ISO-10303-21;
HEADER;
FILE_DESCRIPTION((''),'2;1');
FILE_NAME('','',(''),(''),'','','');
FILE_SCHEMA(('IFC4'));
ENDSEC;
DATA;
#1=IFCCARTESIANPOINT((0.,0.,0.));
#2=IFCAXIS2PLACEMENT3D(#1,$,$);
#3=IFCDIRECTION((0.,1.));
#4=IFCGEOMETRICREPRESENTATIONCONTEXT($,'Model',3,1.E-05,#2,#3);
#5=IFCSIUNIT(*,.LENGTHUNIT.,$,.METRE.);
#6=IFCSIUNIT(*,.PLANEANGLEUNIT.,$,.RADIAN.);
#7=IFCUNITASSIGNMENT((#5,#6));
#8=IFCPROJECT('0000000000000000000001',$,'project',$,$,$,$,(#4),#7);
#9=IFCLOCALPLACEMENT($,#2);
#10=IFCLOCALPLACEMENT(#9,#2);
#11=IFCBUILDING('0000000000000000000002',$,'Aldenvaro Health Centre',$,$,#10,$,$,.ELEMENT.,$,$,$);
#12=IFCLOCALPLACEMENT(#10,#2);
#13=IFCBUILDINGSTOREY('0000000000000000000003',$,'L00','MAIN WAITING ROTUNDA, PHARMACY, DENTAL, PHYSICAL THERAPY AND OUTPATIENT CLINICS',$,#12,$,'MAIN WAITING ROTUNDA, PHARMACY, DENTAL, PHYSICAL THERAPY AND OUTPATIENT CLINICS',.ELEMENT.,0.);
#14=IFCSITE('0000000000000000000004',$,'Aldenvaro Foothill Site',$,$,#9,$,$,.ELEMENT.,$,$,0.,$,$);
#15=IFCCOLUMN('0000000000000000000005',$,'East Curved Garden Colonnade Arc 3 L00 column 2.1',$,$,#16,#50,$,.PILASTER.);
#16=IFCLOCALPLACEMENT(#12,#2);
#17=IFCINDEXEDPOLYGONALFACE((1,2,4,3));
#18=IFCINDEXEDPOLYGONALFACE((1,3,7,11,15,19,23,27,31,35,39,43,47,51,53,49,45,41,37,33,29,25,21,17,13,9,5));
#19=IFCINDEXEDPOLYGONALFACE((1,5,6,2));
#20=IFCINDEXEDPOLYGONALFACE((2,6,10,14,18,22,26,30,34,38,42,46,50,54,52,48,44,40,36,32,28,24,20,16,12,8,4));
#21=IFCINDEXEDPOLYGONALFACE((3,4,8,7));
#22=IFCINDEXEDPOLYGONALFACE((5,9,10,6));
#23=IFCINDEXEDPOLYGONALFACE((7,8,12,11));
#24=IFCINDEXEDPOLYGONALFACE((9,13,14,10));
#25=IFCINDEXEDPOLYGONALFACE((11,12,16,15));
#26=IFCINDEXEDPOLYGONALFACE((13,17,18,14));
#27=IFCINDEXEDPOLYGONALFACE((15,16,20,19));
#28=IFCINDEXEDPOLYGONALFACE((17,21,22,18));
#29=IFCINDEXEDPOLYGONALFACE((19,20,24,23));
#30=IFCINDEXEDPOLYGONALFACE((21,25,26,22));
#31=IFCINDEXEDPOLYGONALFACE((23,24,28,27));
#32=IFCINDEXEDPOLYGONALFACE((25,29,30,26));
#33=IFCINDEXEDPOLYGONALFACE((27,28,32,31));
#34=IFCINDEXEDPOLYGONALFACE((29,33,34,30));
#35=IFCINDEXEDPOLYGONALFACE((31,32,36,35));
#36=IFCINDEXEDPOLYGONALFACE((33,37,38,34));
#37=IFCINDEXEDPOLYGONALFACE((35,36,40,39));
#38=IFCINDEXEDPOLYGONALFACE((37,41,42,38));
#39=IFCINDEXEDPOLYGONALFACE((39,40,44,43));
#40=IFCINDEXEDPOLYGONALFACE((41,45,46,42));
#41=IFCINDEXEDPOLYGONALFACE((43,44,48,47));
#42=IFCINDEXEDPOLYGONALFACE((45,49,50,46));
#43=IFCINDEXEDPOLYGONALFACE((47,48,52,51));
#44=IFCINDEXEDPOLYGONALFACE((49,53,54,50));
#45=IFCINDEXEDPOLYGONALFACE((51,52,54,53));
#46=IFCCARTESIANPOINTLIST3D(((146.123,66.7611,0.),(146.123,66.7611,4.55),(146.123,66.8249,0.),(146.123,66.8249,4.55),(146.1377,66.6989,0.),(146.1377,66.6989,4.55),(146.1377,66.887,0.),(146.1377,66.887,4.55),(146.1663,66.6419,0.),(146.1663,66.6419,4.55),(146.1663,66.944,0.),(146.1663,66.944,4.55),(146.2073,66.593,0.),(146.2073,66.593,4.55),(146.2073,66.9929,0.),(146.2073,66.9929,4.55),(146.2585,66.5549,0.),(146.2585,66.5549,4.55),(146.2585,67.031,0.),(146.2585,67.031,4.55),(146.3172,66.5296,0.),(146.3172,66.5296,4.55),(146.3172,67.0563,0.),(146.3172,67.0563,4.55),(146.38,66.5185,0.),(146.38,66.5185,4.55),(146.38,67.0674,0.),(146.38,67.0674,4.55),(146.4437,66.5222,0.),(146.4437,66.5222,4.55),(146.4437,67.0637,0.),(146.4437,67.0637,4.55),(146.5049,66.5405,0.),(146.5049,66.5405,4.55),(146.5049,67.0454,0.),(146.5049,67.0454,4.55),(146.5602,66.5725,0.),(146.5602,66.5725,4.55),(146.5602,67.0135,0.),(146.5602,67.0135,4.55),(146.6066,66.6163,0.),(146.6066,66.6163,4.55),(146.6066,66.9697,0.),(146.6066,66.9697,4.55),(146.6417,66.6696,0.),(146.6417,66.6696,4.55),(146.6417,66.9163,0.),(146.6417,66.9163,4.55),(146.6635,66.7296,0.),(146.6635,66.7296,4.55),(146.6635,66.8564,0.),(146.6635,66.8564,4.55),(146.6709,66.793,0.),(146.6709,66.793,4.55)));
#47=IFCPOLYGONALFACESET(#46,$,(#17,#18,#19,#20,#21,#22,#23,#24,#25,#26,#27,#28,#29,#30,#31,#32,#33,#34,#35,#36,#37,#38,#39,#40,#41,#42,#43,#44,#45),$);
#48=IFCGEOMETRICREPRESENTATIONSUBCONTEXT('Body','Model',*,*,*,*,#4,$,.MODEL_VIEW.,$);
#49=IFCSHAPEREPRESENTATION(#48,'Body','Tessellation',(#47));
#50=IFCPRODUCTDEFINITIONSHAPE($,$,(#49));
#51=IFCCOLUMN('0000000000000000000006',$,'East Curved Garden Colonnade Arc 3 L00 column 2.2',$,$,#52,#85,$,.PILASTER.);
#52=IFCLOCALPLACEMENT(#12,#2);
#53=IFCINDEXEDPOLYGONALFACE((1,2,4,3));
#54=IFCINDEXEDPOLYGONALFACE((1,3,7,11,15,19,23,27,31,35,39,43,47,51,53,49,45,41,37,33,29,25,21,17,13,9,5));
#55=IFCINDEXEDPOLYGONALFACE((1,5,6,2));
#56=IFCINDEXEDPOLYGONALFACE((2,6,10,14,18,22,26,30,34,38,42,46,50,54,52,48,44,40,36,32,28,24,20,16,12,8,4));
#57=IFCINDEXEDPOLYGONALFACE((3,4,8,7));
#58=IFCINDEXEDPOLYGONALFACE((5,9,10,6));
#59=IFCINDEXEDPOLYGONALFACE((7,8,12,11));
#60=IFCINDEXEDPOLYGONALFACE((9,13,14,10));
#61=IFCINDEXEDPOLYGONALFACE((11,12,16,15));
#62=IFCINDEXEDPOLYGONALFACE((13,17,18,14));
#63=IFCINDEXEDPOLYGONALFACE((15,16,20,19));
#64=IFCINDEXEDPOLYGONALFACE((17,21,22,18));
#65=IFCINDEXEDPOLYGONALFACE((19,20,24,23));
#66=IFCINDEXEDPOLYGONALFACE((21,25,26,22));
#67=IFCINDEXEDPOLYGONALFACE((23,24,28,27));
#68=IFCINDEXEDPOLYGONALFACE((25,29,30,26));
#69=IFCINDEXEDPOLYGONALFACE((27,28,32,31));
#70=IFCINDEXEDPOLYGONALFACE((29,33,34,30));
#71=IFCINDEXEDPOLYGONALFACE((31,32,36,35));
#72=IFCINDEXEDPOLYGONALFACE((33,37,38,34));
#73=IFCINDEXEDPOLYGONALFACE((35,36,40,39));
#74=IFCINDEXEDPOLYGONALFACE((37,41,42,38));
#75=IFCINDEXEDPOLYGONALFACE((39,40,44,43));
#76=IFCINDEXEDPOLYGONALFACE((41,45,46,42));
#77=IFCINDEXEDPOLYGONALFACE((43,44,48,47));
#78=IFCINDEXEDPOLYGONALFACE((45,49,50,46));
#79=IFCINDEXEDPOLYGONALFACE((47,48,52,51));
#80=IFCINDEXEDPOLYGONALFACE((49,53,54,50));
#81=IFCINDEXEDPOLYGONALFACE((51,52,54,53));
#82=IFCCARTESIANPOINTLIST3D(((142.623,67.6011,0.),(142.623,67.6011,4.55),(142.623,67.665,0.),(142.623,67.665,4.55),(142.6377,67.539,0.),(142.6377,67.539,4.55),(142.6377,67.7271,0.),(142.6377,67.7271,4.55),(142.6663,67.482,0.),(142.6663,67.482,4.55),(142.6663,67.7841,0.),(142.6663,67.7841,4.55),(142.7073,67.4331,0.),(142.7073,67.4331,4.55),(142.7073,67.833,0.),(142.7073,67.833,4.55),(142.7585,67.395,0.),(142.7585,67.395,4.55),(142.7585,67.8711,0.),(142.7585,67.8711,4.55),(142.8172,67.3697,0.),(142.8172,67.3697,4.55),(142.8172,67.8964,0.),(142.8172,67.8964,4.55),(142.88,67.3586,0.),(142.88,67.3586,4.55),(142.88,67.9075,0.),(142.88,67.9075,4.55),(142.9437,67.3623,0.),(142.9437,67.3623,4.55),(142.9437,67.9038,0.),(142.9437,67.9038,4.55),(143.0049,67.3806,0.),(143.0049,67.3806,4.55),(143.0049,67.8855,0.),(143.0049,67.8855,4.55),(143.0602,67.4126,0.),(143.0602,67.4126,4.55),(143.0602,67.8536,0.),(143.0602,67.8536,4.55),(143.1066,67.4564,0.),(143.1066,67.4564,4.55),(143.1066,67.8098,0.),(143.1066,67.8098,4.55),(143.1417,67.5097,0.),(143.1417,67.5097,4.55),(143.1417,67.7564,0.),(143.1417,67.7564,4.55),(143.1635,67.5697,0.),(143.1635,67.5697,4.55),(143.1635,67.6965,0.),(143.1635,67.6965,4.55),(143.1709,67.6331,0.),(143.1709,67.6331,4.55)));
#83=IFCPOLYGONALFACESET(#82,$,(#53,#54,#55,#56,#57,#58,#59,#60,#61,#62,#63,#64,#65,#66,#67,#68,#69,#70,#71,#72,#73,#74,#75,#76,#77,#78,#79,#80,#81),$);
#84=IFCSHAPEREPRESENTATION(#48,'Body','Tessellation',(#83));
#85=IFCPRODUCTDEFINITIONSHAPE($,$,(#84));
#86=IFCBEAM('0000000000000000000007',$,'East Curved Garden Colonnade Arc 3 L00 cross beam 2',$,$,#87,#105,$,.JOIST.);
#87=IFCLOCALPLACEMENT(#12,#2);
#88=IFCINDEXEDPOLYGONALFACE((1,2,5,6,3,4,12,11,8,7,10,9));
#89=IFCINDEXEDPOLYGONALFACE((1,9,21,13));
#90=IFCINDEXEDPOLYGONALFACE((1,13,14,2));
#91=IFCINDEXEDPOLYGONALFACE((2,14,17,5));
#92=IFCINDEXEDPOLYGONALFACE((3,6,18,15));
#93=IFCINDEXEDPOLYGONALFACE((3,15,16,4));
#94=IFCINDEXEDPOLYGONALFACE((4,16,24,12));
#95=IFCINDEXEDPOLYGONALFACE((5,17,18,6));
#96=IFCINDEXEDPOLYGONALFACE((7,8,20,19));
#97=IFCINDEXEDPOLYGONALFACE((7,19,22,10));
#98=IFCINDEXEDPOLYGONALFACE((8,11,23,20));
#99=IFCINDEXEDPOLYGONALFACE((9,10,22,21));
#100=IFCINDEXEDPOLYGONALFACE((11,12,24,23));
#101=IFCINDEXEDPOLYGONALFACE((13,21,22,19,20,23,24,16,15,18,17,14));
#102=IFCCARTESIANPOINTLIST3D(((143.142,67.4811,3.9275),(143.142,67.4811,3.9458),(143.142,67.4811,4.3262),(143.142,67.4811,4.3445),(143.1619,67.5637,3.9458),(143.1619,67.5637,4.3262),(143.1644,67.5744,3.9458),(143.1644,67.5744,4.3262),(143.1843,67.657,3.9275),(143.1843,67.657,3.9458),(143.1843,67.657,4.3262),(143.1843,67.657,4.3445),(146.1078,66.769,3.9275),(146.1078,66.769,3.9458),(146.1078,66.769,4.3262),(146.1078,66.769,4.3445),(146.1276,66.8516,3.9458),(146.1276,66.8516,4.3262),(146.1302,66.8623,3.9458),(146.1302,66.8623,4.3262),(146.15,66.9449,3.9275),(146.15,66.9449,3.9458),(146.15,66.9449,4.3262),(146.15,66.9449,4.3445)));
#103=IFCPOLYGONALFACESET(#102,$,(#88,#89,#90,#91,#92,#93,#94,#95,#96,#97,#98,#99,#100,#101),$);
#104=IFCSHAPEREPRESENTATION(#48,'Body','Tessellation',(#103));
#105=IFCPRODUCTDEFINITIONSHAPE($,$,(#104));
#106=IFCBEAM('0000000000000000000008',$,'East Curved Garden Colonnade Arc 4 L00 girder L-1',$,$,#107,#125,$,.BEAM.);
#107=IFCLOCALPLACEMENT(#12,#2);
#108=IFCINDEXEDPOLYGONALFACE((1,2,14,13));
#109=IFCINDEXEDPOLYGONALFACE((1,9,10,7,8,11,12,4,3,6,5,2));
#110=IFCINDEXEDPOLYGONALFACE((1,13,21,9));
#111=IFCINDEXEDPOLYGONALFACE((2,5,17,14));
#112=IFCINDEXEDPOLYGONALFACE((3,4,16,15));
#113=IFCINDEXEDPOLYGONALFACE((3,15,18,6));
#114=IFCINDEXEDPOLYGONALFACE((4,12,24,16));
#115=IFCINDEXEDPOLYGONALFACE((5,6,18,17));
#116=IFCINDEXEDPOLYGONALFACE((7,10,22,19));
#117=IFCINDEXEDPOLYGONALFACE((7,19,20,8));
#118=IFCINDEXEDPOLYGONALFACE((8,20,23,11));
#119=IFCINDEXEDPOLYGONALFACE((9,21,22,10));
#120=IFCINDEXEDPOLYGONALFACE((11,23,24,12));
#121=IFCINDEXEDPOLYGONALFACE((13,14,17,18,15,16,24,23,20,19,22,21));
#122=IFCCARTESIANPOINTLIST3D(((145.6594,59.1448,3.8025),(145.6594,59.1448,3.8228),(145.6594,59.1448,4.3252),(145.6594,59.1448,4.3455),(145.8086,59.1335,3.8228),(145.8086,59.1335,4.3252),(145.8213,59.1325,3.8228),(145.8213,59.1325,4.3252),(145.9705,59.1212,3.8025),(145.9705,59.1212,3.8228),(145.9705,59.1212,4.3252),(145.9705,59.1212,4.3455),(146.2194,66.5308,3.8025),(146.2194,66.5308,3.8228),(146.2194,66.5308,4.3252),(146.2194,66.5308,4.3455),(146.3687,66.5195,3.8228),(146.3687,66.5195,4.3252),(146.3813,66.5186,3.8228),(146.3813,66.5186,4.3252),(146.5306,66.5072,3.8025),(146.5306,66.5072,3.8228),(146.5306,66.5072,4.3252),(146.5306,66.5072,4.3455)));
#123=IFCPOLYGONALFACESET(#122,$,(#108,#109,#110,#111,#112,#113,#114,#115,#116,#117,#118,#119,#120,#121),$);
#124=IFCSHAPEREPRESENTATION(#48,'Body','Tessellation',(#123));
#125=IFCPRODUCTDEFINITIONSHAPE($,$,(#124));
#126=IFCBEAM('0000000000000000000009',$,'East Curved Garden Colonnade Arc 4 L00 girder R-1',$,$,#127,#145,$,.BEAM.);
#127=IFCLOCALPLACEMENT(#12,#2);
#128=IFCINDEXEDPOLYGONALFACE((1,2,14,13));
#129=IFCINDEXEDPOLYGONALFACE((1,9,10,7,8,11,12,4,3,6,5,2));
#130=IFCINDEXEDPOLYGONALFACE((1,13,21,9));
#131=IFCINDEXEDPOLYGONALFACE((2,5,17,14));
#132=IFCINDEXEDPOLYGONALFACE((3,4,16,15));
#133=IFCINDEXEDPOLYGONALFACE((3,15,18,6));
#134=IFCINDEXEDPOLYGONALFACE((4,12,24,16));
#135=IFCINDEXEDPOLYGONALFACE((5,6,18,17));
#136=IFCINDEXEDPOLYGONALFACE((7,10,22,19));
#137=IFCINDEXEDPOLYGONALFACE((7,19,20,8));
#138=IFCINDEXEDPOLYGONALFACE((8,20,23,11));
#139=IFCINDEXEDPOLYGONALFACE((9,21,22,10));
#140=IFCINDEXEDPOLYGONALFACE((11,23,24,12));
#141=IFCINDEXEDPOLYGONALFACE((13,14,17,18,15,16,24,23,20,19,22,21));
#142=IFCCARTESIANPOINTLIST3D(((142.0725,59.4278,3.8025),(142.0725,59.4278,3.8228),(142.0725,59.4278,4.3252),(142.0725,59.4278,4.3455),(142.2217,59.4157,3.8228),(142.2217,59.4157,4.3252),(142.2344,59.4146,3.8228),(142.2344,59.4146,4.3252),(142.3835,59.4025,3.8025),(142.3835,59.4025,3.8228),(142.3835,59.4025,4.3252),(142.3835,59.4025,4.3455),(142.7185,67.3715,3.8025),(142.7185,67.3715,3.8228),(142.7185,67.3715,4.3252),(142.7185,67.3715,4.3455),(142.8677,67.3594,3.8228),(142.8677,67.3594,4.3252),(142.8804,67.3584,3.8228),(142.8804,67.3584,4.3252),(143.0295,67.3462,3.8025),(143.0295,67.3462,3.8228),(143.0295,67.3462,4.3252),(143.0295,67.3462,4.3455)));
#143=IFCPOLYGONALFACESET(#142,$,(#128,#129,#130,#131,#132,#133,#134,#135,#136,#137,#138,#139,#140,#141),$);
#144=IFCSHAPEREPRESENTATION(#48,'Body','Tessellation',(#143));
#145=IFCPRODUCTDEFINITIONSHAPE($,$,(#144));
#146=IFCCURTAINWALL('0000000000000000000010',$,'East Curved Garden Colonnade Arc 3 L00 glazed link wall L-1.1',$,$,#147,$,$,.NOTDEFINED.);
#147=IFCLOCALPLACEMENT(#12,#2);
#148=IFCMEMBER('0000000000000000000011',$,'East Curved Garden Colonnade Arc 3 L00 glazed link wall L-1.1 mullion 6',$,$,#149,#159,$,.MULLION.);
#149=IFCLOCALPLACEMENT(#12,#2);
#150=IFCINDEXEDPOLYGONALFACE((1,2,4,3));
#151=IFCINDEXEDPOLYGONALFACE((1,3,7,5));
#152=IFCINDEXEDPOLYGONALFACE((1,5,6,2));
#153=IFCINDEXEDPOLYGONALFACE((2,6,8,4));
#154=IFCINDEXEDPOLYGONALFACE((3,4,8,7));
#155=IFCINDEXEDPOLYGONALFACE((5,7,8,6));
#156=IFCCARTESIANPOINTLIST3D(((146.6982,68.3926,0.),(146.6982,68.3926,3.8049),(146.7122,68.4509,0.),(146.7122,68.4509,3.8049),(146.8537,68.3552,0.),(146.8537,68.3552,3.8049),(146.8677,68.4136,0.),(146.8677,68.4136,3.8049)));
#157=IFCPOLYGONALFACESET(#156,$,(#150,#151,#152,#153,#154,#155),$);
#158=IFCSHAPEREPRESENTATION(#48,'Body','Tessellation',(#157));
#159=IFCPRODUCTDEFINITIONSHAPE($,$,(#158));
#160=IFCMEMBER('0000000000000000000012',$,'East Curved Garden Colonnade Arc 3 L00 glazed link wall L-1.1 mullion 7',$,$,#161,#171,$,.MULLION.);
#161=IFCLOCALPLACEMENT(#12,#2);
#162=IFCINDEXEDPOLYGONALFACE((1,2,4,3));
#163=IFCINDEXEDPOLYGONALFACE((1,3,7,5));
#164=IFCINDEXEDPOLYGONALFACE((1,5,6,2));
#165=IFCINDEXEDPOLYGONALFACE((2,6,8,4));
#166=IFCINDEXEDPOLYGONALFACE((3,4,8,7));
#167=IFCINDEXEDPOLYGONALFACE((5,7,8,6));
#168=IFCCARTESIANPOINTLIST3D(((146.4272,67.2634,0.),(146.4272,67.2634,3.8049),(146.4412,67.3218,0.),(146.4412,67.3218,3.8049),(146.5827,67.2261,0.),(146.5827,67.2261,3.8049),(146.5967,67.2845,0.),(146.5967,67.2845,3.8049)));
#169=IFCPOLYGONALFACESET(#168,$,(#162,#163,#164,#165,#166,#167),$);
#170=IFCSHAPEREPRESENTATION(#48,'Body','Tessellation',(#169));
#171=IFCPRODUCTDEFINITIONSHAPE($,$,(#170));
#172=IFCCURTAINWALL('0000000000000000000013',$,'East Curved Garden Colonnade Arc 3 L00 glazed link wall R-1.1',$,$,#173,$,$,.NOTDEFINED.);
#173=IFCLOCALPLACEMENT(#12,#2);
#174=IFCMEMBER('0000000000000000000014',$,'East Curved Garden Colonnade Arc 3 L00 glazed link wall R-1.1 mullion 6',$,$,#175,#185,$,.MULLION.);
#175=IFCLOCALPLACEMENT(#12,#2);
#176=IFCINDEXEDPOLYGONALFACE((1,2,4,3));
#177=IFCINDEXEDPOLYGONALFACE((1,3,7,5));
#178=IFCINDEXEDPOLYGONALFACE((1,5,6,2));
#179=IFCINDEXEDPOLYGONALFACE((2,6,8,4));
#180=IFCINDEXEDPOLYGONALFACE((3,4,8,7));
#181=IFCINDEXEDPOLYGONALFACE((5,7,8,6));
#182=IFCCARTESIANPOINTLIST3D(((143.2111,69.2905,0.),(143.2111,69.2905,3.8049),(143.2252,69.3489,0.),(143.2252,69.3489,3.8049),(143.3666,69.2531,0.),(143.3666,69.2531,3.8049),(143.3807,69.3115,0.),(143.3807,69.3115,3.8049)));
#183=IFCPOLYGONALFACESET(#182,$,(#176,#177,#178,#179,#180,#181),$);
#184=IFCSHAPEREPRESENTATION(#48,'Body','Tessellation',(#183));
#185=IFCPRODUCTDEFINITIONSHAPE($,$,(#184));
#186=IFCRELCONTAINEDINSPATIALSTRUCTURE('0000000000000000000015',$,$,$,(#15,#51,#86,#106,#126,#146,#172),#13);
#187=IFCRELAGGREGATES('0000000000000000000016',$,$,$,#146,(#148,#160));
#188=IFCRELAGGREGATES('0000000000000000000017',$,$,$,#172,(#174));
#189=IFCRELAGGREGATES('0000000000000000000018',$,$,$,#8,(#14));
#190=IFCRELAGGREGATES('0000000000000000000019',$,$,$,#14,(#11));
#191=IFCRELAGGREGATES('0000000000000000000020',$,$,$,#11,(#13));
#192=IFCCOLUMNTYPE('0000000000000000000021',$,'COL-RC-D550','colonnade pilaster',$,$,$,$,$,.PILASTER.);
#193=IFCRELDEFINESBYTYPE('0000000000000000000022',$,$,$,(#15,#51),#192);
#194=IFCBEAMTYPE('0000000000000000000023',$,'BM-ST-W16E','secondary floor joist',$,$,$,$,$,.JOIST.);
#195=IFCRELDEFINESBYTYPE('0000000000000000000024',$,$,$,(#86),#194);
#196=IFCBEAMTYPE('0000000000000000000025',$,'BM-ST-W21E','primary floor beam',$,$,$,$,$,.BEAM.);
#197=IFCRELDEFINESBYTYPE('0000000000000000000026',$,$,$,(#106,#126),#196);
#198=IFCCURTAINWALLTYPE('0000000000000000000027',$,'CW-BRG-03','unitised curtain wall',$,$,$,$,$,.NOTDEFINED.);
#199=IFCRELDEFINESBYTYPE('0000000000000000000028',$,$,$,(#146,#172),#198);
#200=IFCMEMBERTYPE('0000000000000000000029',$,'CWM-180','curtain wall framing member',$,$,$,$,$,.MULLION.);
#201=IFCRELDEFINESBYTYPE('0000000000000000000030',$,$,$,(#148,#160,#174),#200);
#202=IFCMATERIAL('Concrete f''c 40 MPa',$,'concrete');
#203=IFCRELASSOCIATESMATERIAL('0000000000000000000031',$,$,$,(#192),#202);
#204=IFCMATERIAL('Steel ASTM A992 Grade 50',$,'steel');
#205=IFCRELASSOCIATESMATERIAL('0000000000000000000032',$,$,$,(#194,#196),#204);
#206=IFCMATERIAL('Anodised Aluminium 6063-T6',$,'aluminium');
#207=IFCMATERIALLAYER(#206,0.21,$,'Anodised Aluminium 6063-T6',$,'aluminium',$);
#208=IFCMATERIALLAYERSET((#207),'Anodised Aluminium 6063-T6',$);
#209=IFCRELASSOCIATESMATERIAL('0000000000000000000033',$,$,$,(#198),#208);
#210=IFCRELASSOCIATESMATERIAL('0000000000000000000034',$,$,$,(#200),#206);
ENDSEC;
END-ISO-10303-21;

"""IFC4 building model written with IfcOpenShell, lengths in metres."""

from ifc_helpers import new_model, si_unit, direction, frame, origin, origin_2d, place, context, subcontext, project, spatial, rectangle, circle, i_section, extrude, material, layer, layer_set, material_profile, profile_set, type_object, element, aggregate, save


model = new_model("IFC4")

# Units and contexts
model_context = context("Model", 3, precision=1e-05, world=origin(), true_north=direction((0.0, 1.0)))
body_context = subcontext(model_context, "Body", "Model", "MODEL_VIEW")
ifc_project = project(units=[si_unit("LENGTHUNIT", "METRE"), si_unit("PLANEANGLEUNIT", "RADIAN")], contexts=[model_context])

# Site, building, storey
site_placement = place(None, origin())
site = spatial("IfcSite", under=ifc_project, at=site_placement, Name="Aldenvaro Foothill Site", CompositionType="ELEMENT", RefElevation=0.0)
building_placement = place(site_placement, origin())
building = spatial("IfcBuilding", under=site, at=building_placement, Name="Aldenvaro Health Centre", CompositionType="ELEMENT")
storey_placement = place(building_placement, origin())
storey = spatial("IfcBuildingStorey", under=building, at=storey_placement, Name="L00", Description="MAIN WAITING ROTUNDA, PHARMACY, DENTAL, PHYSICAL THERAPY AND OUTPATIENT CLINICS", LongName="MAIN WAITING ROTUNDA, PHARMACY, DENTAL, PHYSICAL THERAPY AND OUTPATIENT CLINICS", CompositionType="ELEMENT", Elevation=0.0)

# Columns
ifc_material_1 = material(Name="Concrete f'c 40 MPa", Category="concrete")
ifc_material_profile_1 = material_profile(ifc_material_1, circle(Radius=0.2749, at=origin_2d()), Name="RC D550", Category="concrete")
ifc_profile_set_1 = profile_set([ifc_material_profile_1], Name="Concrete f'c 40 MPa")
column_type = type_object("IfcColumnType", Name="COL-RC-D550", Description="colonnade pilaster", PredefinedType="PILASTER", material=ifc_profile_set_1)
for number, where, z_axis, x_axis, name in (
    (1, (146.396, 66.793, 0.0), (0.0, 0.0, 1.0), (1.0, 0.0, 0.0), "East Curved Garden Colonnade Arc 3 L00 column 2.1"),
    (2, (142.896, 67.6331, 0.0), (0.0, 0.0, 1.0), (1.0, 0.0, 0.0), "East Curved Garden Colonnade Arc 3 L00 column 2.2"),
):
    element("IfcColumn", number, at=place(storey_placement, frame(where, z_axis=z_axis, x_axis=x_axis)), inside=storey, type_object=column_type, Name=name, PredefinedType="PILASTER", context=body_context, shape_type="SweptSolid", body=[
        extrude(circle(Radius=0.2749, at=origin_2d()), origin(), (0.0, 0.0, 1.0), 4.55),
    ])

# Beams
ifc_material_2 = material(Name="Steel ASTM A992 Grade 50", Category="steel")
ifc_material_profile_2 = material_profile(ifc_material_2, i_section(OverallWidth=0.1809, OverallDepth=0.417, WebThickness=0.011, FlangeThickness=0.0183, at=origin_2d()), Name="W16X57", Category="steel")
ifc_profile_set_2 = profile_set([ifc_material_profile_2], Name="Steel ASTM A992 Grade 50")
beam_type_1 = type_object("IfcBeamType", Name="BM-ST-W16E", Description="secondary floor joist", PredefinedType="JOIST", material=ifc_profile_set_2)
beam_1_placement = place(storey_placement, frame((146.1289, 66.8569, 4.136), z_axis=(-0.97236, 0.233485, 0.0), x_axis=(-0.233485, -0.97236, 0.0)))
element("IfcBeam", 3, at=beam_1_placement, inside=storey, type_object=beam_type_1, Name="East Curved Garden Colonnade Arc 3 L00 cross beam 2", PredefinedType="JOIST", context=body_context, shape_type="SweptSolid", body=[
    extrude(i_section(OverallWidth=0.1809, OverallDepth=0.417, WebThickness=0.011, FlangeThickness=0.0183, at=origin_2d()), origin(), (0.0, 0.0, 1.0), 3.05),
])
ifc_material_profile_3 = material_profile(ifc_material_2, i_section(OverallWidth=0.312, OverallDepth=0.543, WebThickness=0.0127, FlangeThickness=0.0203, at=origin_2d()), Name="W21X101", Category="steel")
ifc_profile_set_3 = profile_set([ifc_material_profile_3], Name="Steel ASTM A992 Grade 50")
beam_type_2 = type_object("IfcBeamType", Name="BM-ST-W21E", Description="primary floor beam", PredefinedType="BEAM", material=ifc_profile_set_3)
beam_2_placement = place(storey_placement, frame((146.375, 66.519, 4.074), z_axis=(-0.07561, -0.997137, 0.0), x_axis=(0.997137, -0.07561, 0.0)))
element("IfcBeam", 4, at=beam_2_placement, inside=storey, type_object=beam_type_2, Name="East Curved Garden Colonnade Arc 4 L00 girder L-1", PredefinedType="BEAM", context=body_context, shape_type="SweptSolid", body=[
    extrude(i_section(OverallWidth=0.312, OverallDepth=0.543, WebThickness=0.0127, FlangeThickness=0.0203, at=origin_2d()), origin(), (0.0, 0.0, 1.0), 7.4072),
])
beam_3_placement = place(storey_placement, frame((142.874, 67.3589, 4.074), z_axis=(-0.081053, -0.99671, 0.0), x_axis=(0.99671, -0.081053, 0.0)))
element("IfcBeam", 5, at=beam_3_placement, inside=storey, type_object=beam_type_2, Name="East Curved Garden Colonnade Arc 4 L00 girder R-1", PredefinedType="BEAM", context=body_context, shape_type="SweptSolid", body=[
    extrude(i_section(OverallWidth=0.312, OverallDepth=0.543, WebThickness=0.0127, FlangeThickness=0.0203, at=origin_2d()), origin(), (0.0, 0.0, 1.0), 7.97),
])

# Curtain walls, members
ifc_material_3 = material(Name="Anodised Aluminium 6063-T6", Category="aluminium")
ifc_layer_1 = layer(ifc_material_3, 0.21, Name="Anodised Aluminium 6063-T6", Category="aluminium")
ifc_layer_set_1 = layer_set([ifc_layer_1], Name="Anodised Aluminium 6063-T6")
curtain_wall_type = type_object("IfcCurtainWallType", Name="CW-BRG-03", Description="unitised curtain wall", PredefinedType="NOTDEFINED", material=ifc_layer_set_1)
curtain_wall_1_placement = place(storey_placement, origin())
curtain_wall_1 = element("IfcCurtainWall", 6, at=curtain_wall_1_placement, inside=storey, type_object=curtain_wall_type, Name="East Curved Garden Colonnade Arc 3 L00 glazed link wall L-1.1", PredefinedType="NOTDEFINED")
ifc_material_profile_4 = material_profile(ifc_material_3, rectangle(XDim=0.0601, YDim=0.1599, at=origin_2d()), Name="ALU 60x160", Category="aluminium")
ifc_profile_set_4 = profile_set([ifc_material_profile_4], Name="Anodised Aluminium 6063-T6")
member_type_1 = type_object("IfcMemberType", Name="CWM-180", Description="curtain wall framing member", PredefinedType="MULLION", material=ifc_profile_set_4)
member_1_placement = place(storey_placement, frame((146.783, 68.4031, 0.0), z_axis=(0.0, 0.0, 1.0), x_axis=(-0.233541, -0.972347, 0.0)))
member_1 = element("IfcMember", 7, at=member_1_placement, type_object=member_type_1, Name="East Curved Garden Colonnade Arc 3 L00 glazed link wall L-1.1 mullion 6", PredefinedType="MULLION", context=body_context, shape_type="SweptSolid", body=[
    extrude(rectangle(XDim=0.0601, YDim=0.1599, at=origin_2d()), origin(), (0.0, 0.0, 1.0), 3.8049),
])
member_2_placement = place(storey_placement, frame((146.512, 67.2739, 0.0), z_axis=(0.0, 0.0, 1.0), x_axis=(-0.233541, -0.972347, 0.0)))
member_2 = element("IfcMember", 8, at=member_2_placement, type_object=member_type_1, Name="East Curved Garden Colonnade Arc 3 L00 glazed link wall L-1.1 mullion 7", PredefinedType="MULLION", context=body_context, shape_type="SweptSolid", body=[
    extrude(rectangle(XDim=0.0601, YDim=0.1599, at=origin_2d()), origin(), (0.0, 0.0, 1.0), 3.8049),
])
curtain_wall_2_placement = place(storey_placement, origin())
curtain_wall_2 = element("IfcCurtainWall", 9, at=curtain_wall_2_placement, inside=storey, type_object=curtain_wall_type, Name="East Curved Garden Colonnade Arc 3 L00 glazed link wall R-1.1", PredefinedType="NOTDEFINED")
member_3_placement = place(storey_placement, frame((143.2959, 69.301, 0.0), z_axis=(0.0, 0.0, 1.0), x_axis=(-0.233626, -0.972327, 0.0)))
member_3 = element("IfcMember", 10, at=member_3_placement, type_object=member_type_1, Name="East Curved Garden Colonnade Arc 3 L00 glazed link wall R-1.1 mullion 6", PredefinedType="MULLION", context=body_context, shape_type="SweptSolid", body=[
    extrude(rectangle(XDim=0.0601, YDim=0.1599, at=origin_2d()), origin(), (0.0, 0.0, 1.0), 3.8049),
])

aggregate(curtain_wall_1, [member_1, member_2])
aggregate(curtain_wall_2, [member_3])

save(model, "model.ifc")
